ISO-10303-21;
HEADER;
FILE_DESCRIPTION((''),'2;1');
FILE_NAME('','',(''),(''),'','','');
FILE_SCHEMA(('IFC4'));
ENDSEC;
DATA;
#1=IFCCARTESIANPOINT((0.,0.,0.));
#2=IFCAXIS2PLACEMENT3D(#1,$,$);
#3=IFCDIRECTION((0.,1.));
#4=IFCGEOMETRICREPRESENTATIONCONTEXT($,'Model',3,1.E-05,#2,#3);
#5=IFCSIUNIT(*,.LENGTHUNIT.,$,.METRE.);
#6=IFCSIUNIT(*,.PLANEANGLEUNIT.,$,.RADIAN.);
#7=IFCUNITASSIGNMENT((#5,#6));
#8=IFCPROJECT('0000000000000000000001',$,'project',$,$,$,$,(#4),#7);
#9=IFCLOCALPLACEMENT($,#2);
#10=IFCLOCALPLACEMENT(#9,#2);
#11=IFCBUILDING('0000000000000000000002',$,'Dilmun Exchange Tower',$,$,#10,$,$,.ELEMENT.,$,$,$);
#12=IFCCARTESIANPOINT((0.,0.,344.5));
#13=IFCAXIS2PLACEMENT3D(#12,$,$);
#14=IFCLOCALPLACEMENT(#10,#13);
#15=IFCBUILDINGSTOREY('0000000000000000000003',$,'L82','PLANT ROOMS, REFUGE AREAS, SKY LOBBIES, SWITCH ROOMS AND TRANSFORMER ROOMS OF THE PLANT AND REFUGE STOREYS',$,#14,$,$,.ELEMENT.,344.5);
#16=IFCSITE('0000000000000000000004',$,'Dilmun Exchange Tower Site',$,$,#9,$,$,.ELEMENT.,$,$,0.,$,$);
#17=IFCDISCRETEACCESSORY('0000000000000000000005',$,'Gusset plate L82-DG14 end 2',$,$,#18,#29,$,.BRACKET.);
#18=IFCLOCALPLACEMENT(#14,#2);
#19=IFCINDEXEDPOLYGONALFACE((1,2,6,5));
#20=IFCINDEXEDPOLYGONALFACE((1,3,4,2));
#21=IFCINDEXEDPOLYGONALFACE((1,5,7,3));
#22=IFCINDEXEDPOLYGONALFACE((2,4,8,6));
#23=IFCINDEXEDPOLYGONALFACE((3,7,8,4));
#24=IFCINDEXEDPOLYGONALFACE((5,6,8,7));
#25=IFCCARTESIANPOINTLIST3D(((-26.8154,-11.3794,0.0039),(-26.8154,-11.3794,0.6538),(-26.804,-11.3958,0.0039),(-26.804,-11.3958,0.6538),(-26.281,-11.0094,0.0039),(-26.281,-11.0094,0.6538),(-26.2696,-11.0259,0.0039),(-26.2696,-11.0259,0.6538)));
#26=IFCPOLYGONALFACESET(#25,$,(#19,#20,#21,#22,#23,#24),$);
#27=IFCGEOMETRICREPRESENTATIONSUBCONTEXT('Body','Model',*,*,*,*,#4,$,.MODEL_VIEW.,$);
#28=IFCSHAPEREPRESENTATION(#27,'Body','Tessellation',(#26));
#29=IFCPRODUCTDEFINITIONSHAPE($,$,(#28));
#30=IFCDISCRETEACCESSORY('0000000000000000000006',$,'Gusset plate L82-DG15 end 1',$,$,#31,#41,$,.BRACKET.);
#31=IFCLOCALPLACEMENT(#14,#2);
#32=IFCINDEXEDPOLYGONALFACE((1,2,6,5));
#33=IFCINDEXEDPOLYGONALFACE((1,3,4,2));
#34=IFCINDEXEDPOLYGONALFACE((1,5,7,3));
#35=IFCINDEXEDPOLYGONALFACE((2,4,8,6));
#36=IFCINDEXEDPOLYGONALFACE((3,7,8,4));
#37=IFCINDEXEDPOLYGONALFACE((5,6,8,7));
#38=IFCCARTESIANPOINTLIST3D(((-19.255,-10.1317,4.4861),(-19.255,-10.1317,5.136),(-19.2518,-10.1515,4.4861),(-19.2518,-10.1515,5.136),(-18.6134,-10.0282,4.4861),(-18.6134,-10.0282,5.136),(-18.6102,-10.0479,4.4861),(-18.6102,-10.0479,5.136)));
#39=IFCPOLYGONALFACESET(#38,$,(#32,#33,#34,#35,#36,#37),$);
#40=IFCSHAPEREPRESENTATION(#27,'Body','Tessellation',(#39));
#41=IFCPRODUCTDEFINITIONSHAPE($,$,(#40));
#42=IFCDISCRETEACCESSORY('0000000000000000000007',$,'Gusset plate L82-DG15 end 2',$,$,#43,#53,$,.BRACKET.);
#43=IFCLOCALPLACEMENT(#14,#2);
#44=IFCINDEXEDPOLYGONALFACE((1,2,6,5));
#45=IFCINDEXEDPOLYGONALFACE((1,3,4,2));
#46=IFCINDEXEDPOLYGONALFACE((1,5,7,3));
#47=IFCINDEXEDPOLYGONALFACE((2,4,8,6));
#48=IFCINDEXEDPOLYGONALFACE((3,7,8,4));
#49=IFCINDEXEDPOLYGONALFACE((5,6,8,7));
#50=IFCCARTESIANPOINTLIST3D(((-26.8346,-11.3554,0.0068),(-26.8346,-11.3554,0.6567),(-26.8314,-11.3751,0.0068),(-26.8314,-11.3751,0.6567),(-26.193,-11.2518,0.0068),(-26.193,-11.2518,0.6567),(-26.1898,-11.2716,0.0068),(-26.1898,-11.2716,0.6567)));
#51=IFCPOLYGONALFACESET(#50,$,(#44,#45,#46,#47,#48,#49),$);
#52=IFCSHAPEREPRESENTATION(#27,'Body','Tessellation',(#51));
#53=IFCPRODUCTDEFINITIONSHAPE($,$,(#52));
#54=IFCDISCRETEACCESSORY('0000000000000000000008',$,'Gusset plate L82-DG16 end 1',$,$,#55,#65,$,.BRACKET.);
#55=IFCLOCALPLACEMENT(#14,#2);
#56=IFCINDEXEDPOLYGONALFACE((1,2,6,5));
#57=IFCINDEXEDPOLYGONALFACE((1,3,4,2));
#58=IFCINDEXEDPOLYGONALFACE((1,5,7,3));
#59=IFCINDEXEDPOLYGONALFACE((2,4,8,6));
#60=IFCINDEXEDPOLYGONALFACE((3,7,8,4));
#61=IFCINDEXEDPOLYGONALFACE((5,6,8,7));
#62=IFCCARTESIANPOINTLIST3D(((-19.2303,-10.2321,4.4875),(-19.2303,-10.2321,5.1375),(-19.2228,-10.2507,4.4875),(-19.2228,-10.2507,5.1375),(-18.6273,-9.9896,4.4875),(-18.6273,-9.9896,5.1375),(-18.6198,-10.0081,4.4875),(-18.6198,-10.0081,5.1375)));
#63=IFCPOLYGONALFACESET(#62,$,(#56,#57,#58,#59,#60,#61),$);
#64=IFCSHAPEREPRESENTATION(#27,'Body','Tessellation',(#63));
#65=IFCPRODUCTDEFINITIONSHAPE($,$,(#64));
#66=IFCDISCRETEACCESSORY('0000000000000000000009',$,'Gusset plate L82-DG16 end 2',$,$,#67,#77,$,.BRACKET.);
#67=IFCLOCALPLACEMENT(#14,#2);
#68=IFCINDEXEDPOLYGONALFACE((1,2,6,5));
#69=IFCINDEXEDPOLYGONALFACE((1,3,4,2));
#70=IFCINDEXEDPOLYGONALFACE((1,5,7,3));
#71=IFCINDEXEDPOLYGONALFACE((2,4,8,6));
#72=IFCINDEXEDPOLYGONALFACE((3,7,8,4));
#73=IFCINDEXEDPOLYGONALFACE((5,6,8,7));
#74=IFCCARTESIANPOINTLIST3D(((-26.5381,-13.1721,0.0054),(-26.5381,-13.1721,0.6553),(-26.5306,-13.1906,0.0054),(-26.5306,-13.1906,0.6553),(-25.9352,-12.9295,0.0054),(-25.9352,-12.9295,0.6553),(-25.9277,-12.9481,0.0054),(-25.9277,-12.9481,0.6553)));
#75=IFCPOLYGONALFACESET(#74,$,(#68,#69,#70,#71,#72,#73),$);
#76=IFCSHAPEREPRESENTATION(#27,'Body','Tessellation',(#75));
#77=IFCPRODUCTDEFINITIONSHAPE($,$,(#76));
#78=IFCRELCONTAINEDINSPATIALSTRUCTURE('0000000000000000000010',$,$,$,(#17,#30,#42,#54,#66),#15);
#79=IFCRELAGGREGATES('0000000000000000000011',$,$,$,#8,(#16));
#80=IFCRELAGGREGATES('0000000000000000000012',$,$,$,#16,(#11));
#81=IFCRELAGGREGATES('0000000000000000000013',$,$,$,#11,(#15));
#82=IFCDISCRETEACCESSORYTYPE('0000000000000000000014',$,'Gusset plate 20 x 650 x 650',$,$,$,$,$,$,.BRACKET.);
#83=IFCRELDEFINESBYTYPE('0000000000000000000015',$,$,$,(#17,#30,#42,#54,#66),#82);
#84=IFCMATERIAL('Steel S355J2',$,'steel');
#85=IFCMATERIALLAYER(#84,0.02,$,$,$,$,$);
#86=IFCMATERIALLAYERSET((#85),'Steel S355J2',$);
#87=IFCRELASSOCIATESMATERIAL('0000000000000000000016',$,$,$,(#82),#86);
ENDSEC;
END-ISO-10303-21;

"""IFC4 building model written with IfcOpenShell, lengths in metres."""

from ifc_helpers import new_model, si_unit, direction, frame, origin, origin_2d, place, context, subcontext, project, spatial, rectangle, extrude, material, layer, layer_set, type_object, element, save


model = new_model("IFC4")

# Units and contexts
model_context = context("Model", 3, precision=1e-05, world=origin(), true_north=direction((0.0, 1.0)))
body_context = subcontext(model_context, "Body", "Model", "MODEL_VIEW")
ifc_project = project(units=[si_unit("LENGTHUNIT", "METRE"), si_unit("PLANEANGLEUNIT", "RADIAN")], contexts=[model_context])

# Site, building, storey
site_placement = place(None, origin())
site = spatial("IfcSite", under=ifc_project, at=site_placement, Name="Dilmun Exchange Tower Site", CompositionType="ELEMENT", RefElevation=0.0)
building_placement = place(site_placement, origin())
building = spatial("IfcBuilding", under=site, at=building_placement, Name="Dilmun Exchange Tower", CompositionType="ELEMENT")
storey_placement = place(building_placement, frame((0.0, 0.0, 344.5)))
storey = spatial("IfcBuildingStorey", under=building, at=storey_placement, Name="L82", Description="PLANT ROOMS, REFUGE AREAS, SKY LOBBIES, SWITCH ROOMS AND TRANSFORMER ROOMS OF THE PLANT AND REFUGE STOREYS", CompositionType="ELEMENT", Elevation=344.5)

# Discrete accessories
ifc_material_1 = material(Name="Steel S355J2", Category="steel")
ifc_layer_1 = layer(ifc_material_1, 0.02)
ifc_layer_set_1 = layer_set([ifc_layer_1], Name="Steel S355J2")
discrete_accessory_type = type_object("IfcDiscreteAccessoryType", Name="Gusset plate 20 x 650 x 650", PredefinedType="BRACKET", material=ifc_layer_set_1)
for number, where, z_axis, x_axis, name in (
    (1, (-26.5425, -11.2026, 0.0039), (0.0, 0.0, 1.0), (-0.822198, -0.569202, 0.0), "Gusset plate L82-DG14 end 2"),
    (2, (-18.9326, -10.0898, 4.4861), (0.0, 0.0, 1.0), (-0.98722, -0.159366, 0.0), "Gusset plate L82-DG15 end 1"),
    (3, (-26.5122, -11.3135, 0.0068), (0.0, 0.0, 1.0), (-0.98722, -0.159366, 0.0), "Gusset plate L82-DG15 end 2"),
    (4, (-18.925, -10.1201, 4.4875), (0.0, 0.0, 1.0), (-0.927741, -0.373226, 0.0), "Gusset plate L82-DG16 end 1"),
    (5, (-26.2329, -13.0601, 0.0054), (0.0, 0.0, 1.0), (-0.927741, -0.373226, 0.0), "Gusset plate L82-DG16 end 2"),
):
    element("IfcDiscreteAccessory", number, at=place(storey_placement, frame(where, z_axis=z_axis, x_axis=x_axis)), inside=storey, type_object=discrete_accessory_type, Name=name, PredefinedType="BRACKET", context=body_context, shape_type="SweptSolid", body=[
        extrude(rectangle(XDim=0.6499, YDim=0.02, at=origin_2d()), origin(), (0.0, 0.0, 1.0), 0.6499),
    ])

save(model, "model.ifc")
